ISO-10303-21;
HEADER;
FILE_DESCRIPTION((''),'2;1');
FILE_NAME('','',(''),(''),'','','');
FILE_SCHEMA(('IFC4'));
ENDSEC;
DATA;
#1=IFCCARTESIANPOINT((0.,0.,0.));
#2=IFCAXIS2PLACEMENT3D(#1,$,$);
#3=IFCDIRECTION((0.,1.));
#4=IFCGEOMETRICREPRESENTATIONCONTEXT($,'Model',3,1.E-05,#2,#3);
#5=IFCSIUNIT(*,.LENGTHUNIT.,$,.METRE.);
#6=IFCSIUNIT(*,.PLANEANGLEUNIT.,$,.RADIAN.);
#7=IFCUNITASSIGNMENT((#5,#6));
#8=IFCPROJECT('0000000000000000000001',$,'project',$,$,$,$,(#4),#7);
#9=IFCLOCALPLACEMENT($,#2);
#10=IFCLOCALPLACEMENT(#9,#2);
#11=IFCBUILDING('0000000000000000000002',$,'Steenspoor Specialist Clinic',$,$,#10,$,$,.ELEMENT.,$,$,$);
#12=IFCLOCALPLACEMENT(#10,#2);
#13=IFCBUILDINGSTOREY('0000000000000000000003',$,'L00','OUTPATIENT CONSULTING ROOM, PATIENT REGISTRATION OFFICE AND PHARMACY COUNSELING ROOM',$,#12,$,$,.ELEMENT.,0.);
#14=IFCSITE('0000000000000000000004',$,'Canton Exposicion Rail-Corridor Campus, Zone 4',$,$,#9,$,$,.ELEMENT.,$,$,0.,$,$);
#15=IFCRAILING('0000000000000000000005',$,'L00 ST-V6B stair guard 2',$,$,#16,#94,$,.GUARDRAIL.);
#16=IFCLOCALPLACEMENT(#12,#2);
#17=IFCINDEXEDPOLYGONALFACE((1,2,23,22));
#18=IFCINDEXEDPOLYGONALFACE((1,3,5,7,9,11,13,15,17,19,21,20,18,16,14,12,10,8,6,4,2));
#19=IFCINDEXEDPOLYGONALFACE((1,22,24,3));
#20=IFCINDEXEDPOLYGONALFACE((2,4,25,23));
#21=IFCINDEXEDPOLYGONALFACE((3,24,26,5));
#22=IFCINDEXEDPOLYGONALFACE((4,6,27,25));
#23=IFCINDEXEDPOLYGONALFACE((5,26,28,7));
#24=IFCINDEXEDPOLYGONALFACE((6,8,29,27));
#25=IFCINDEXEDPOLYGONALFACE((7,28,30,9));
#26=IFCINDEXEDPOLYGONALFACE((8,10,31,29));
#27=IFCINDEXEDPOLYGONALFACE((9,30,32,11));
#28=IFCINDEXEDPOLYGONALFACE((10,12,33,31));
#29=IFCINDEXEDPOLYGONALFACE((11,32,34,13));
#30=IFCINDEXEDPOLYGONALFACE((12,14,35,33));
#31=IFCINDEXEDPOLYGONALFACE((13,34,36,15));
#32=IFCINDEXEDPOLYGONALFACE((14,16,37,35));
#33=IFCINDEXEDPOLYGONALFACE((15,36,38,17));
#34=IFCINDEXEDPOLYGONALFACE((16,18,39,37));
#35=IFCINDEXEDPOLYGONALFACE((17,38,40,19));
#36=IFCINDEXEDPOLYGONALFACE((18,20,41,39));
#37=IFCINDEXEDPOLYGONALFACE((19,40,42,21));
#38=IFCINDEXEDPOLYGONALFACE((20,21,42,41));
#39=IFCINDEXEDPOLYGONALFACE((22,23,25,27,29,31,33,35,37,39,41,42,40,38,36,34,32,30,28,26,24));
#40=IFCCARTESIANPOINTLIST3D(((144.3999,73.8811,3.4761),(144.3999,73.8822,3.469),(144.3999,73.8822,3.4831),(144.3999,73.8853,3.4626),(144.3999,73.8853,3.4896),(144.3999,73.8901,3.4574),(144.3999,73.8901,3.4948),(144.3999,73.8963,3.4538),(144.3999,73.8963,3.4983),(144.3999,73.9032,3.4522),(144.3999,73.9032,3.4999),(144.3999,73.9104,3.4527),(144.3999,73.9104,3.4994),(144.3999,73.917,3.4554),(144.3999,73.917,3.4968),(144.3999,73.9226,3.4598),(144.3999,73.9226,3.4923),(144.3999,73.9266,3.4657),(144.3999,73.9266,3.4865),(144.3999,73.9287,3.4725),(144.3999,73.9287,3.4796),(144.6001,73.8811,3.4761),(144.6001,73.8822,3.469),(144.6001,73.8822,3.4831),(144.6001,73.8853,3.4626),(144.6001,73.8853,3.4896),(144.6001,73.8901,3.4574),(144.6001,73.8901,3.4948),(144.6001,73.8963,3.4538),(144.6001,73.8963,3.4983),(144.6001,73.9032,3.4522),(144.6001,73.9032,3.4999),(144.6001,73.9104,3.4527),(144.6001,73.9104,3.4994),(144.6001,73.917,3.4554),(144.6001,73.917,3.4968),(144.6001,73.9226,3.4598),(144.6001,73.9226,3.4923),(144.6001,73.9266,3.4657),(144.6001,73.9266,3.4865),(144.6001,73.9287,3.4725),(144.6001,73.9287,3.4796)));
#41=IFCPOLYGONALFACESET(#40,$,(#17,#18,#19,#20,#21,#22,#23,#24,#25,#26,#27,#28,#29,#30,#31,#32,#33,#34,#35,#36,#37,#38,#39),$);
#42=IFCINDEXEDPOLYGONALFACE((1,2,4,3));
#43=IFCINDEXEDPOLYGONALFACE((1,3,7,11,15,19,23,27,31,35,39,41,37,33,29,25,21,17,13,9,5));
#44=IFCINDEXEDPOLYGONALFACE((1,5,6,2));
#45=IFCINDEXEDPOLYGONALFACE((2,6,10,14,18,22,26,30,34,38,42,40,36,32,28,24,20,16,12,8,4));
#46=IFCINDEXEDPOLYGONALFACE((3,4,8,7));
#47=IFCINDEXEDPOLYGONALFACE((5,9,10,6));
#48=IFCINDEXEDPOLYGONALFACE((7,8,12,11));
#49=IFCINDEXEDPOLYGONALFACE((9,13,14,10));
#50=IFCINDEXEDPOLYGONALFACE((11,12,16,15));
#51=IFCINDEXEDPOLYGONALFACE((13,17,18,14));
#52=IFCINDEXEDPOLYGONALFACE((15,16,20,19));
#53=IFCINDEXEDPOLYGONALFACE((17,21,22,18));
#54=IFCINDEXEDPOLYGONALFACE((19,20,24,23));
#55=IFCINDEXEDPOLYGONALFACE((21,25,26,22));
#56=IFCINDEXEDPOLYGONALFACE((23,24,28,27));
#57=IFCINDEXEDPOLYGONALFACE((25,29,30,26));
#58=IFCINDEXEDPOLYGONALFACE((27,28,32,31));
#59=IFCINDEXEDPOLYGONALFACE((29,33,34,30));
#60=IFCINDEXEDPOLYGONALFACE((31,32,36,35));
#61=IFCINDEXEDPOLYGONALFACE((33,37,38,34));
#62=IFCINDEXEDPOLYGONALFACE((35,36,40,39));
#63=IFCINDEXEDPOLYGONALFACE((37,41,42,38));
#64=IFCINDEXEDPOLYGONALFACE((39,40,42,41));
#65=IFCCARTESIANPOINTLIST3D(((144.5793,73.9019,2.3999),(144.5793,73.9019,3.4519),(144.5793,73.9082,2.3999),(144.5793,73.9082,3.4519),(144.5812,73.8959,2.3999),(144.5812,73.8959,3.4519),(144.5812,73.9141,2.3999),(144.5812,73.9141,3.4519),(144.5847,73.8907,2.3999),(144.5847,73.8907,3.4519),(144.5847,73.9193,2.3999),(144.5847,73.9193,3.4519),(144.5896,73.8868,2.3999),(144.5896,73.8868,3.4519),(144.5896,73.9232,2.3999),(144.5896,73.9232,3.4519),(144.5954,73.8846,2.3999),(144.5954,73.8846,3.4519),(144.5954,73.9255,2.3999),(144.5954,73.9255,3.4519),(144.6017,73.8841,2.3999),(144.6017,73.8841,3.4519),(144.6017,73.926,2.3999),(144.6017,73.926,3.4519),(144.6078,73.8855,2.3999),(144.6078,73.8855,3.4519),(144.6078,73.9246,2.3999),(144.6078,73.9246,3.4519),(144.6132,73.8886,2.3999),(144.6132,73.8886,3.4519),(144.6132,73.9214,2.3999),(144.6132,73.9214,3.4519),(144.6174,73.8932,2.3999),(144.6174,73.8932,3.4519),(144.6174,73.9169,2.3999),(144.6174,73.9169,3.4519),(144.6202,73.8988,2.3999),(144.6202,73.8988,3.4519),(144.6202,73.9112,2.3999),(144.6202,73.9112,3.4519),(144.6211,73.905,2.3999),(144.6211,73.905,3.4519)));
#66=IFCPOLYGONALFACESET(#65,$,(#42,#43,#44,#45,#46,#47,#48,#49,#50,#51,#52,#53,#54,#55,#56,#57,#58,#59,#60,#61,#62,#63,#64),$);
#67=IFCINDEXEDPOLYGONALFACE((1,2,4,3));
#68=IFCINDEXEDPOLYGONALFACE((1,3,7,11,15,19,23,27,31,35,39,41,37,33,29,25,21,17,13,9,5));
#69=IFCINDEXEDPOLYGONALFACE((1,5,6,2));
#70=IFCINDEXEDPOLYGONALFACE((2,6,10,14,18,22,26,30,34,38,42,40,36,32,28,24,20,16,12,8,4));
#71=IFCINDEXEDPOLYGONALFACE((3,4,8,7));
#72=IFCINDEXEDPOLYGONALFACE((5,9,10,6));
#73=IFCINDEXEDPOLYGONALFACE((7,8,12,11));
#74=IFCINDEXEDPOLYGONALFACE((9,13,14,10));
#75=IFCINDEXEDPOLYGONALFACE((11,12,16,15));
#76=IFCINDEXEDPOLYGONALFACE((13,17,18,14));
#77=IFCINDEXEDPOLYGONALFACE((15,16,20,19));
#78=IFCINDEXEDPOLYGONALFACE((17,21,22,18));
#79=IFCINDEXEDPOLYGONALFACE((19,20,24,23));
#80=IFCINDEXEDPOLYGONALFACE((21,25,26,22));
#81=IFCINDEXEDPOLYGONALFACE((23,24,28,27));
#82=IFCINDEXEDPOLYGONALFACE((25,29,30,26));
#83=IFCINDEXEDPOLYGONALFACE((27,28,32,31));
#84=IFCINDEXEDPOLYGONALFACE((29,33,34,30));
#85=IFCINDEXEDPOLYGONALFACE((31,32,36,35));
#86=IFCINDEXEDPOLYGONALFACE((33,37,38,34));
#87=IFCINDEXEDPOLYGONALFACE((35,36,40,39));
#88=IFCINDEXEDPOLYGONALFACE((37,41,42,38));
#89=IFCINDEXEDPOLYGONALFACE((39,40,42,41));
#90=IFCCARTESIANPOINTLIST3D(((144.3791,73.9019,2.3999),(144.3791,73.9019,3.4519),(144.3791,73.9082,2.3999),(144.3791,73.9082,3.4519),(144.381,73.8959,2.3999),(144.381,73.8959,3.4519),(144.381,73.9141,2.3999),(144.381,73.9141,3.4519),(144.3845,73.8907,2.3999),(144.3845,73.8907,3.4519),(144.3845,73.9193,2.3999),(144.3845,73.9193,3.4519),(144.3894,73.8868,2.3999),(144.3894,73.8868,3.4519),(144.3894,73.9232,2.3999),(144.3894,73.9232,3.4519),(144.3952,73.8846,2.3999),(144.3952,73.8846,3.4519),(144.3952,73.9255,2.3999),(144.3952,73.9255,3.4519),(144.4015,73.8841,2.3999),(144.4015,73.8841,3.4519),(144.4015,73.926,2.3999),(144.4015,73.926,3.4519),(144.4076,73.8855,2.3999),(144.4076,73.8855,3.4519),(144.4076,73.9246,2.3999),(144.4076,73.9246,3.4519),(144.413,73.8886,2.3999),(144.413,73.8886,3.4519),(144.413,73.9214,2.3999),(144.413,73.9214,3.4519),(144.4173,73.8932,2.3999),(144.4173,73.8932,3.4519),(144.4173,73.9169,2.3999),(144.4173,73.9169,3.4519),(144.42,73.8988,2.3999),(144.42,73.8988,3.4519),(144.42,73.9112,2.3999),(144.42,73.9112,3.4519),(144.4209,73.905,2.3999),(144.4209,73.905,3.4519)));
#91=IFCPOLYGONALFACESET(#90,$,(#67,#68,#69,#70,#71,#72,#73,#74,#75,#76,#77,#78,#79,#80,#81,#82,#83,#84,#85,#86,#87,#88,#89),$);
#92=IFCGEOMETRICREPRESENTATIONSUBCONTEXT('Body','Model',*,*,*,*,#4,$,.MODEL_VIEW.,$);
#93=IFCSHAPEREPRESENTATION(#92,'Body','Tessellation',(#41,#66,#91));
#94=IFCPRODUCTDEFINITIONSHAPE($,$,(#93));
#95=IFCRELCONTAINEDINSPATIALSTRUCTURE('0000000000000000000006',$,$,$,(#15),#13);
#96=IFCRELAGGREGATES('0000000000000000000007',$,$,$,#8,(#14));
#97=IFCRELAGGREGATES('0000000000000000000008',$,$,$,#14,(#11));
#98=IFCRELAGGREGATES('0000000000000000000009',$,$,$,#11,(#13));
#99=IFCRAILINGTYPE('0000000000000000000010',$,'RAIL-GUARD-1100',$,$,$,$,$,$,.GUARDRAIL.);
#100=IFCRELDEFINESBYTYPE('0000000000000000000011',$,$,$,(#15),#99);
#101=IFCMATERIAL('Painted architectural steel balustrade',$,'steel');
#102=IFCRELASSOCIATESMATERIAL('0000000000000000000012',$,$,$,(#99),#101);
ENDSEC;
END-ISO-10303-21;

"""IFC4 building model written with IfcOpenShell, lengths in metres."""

from ifc_helpers import new_model, si_unit, direction, frame, origin, origin_2d, place, context, subcontext, project, spatial, circle, extrude, material, type_object, element, save


model = new_model("IFC4")

# Units and contexts
model_context = context("Model", 3, precision=1e-05, world=origin(), true_north=direction((0.0, 1.0)))
body_context = subcontext(model_context, "Body", "Model", "MODEL_VIEW")
ifc_project = project(units=[si_unit("LENGTHUNIT", "METRE"), si_unit("PLANEANGLEUNIT", "RADIAN")], contexts=[model_context])

# Site, building, storey
site_placement = place(None, origin())
site = spatial("IfcSite", under=ifc_project, at=site_placement, Name="Canton Exposicion Rail-Corridor Campus, Zone 4", CompositionType="ELEMENT", RefElevation=0.0)
building_placement = place(site_placement, origin())
building = spatial("IfcBuilding", under=site, at=building_placement, Name="Steenspoor Specialist Clinic", CompositionType="ELEMENT")
storey_placement = place(building_placement, origin())
storey = spatial("IfcBuildingStorey", under=building, at=storey_placement, Name="L00", Description="OUTPATIENT CONSULTING ROOM, PATIENT REGISTRATION OFFICE AND PHARMACY COUNSELING ROOM", CompositionType="ELEMENT", Elevation=0.0)

# Railing
ifc_material_1 = material(Name="Painted architectural steel balustrade", Category="steel")
railing_type_1 = type_object("IfcRailingType", Name="RAIL-GUARD-1100", PredefinedType="GUARDRAIL", material=ifc_material_1)
railing_1_placement = place(storey_placement, frame((144.6001, 73.905, 2.3999)))
element("IfcRailing", 1, at=railing_1_placement, inside=storey, type_object=railing_type_1, Name="L00 ST-V6B stair guard 2", PredefinedType="GUARDRAIL", context=body_context, shape_type="SweptSolid", body=[
    extrude(circle(Radius=0.0239, at=origin_2d()), frame((0.0, 0.0, 1.0762), z_axis=(-1.0, 0.0, 0.0), x_axis=(0.0, -1.0, 0.0)), (0.0, 0.0, 1.0), 0.2002),
    extrude(circle(Radius=0.021, at=origin_2d()), origin(), (0.0, 0.0, 1.0), 1.052),
    extrude(circle(Radius=0.021, at=origin_2d()), frame((-0.2002, 0.0, 0.0)), (0.0, 0.0, 1.0), 1.052),
])

save(model, "model.ifc")
